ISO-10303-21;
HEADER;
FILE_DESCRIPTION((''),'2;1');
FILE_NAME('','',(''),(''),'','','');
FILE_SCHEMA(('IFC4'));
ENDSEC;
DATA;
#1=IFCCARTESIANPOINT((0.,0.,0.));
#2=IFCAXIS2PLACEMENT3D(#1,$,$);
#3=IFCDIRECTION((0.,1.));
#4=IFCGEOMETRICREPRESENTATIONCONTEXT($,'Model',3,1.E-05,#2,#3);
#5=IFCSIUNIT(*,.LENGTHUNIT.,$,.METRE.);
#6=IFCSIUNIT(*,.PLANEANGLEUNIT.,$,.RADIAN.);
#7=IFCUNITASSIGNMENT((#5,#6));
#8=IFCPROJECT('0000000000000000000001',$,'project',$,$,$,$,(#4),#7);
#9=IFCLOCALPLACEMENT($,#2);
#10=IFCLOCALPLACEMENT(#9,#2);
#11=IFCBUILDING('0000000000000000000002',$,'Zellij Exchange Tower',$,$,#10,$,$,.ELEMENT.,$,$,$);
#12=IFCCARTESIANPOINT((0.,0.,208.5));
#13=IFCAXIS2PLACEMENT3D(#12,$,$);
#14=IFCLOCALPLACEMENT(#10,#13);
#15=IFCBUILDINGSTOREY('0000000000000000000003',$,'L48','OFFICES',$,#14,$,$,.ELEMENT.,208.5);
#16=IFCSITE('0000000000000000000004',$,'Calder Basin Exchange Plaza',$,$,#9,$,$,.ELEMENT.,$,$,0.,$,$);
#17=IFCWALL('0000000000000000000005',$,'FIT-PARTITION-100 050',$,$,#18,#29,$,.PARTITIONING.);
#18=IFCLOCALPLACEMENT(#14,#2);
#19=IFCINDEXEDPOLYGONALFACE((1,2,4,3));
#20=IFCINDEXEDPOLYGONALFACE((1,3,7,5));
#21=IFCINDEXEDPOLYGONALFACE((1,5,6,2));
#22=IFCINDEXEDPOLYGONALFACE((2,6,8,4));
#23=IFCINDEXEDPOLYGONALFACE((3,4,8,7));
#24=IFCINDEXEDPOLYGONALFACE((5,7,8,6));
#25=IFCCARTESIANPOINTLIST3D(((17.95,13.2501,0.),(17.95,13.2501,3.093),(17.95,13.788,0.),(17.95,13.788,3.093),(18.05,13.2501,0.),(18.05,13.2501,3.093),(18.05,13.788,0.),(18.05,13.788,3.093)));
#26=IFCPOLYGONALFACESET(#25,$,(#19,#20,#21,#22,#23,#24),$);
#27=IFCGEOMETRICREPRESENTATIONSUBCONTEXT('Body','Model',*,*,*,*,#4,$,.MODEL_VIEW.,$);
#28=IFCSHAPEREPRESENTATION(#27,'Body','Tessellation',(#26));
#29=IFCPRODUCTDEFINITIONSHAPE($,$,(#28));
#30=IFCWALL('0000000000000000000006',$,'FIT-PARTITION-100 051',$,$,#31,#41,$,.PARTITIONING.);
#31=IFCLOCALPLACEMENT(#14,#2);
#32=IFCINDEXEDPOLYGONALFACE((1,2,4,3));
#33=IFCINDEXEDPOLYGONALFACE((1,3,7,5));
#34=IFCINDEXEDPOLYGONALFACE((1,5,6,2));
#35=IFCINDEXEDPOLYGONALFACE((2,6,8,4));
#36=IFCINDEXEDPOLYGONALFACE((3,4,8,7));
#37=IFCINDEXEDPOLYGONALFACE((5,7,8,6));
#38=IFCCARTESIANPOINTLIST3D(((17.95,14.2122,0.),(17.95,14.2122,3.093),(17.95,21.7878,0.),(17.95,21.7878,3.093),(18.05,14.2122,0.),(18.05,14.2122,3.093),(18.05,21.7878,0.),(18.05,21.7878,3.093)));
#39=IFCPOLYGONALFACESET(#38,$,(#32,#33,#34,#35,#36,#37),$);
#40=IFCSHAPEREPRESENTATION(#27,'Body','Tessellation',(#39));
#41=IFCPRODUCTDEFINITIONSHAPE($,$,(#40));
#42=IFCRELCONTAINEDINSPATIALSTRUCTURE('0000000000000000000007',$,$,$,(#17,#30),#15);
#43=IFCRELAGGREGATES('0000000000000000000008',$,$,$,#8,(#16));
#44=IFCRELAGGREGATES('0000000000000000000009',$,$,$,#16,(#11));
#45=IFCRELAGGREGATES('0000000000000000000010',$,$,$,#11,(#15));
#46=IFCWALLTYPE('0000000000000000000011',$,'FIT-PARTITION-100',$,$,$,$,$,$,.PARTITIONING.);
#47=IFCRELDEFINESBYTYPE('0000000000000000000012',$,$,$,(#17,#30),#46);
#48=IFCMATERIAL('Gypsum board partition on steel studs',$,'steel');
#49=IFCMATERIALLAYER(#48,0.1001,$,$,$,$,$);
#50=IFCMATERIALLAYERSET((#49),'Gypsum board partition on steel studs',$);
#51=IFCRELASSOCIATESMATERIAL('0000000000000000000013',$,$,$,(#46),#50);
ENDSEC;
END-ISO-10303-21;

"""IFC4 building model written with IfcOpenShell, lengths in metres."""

from ifc_helpers import new_model, si_unit, direction, frame, frame_2d, origin, place, context, subcontext, project, spatial, rectangle, extrude, material, layer, layer_set, type_object, element, save


model = new_model("IFC4")

# Units and contexts
model_context = context("Model", 3, precision=1e-05, world=origin(), true_north=direction((0.0, 1.0)))
body_context = subcontext(model_context, "Body", "Model", "MODEL_VIEW")
ifc_project = project(units=[si_unit("LENGTHUNIT", "METRE"), si_unit("PLANEANGLEUNIT", "RADIAN")], contexts=[model_context])

# Site, building, storey
site_placement = place(None, origin())
site = spatial("IfcSite", under=ifc_project, at=site_placement, Name="Calder Basin Exchange Plaza", CompositionType="ELEMENT", RefElevation=0.0)
building_placement = place(site_placement, origin())
building = spatial("IfcBuilding", under=site, at=building_placement, Name="Zellij Exchange Tower", CompositionType="ELEMENT")
storey_placement = place(building_placement, frame((0.0, 0.0, 208.5)))
storey = spatial("IfcBuildingStorey", under=building, at=storey_placement, Name="L48", Description="OFFICES", CompositionType="ELEMENT", Elevation=208.5)

# Shared definitions
ifc_material_1 = material(Name="Gypsum board partition on steel studs", Category="steel")
ifc_layer = layer(ifc_material_1, 0.1001)
ifc_layer_set = layer_set([ifc_layer], Name="Gypsum board partition on steel studs")
wall_type = type_object("IfcWallType", Name="FIT-PARTITION-100", PredefinedType="PARTITIONING", material=ifc_layer_set)

# Walls
wall_1_placement = place(storey_placement, frame((18.0, 13.25, 0.0), z_axis=(0.0, 0.0, 1.0), x_axis=(0.0, 1.0, 0.0)))
element("IfcWall", 1, at=wall_1_placement, inside=storey, type_object=wall_type, Name="FIT-PARTITION-100 050", PredefinedType="PARTITIONING", context=body_context, shape_type="SweptSolid", body=[
    extrude(rectangle(XDim=0.5378, YDim=0.1001, at=frame_2d((0.269, 0.0))), origin(), (0.0, 0.0, 1.0), 3.093),
])
wall_2_placement = place(storey_placement, frame((18.0, 14.2122, 0.0), z_axis=(0.0, 0.0, 1.0), x_axis=(0.0, 1.0, 0.0)))
element("IfcWall", 2, at=wall_2_placement, inside=storey, type_object=wall_type, Name="FIT-PARTITION-100 051", PredefinedType="PARTITIONING", context=body_context, shape_type="SweptSolid", body=[
    extrude(rectangle(XDim=7.5757, YDim=0.1001, at=frame_2d((3.7878, 0.0))), origin(), (0.0, 0.0, 1.0), 3.093),
])

save(model, "model.ifc")
